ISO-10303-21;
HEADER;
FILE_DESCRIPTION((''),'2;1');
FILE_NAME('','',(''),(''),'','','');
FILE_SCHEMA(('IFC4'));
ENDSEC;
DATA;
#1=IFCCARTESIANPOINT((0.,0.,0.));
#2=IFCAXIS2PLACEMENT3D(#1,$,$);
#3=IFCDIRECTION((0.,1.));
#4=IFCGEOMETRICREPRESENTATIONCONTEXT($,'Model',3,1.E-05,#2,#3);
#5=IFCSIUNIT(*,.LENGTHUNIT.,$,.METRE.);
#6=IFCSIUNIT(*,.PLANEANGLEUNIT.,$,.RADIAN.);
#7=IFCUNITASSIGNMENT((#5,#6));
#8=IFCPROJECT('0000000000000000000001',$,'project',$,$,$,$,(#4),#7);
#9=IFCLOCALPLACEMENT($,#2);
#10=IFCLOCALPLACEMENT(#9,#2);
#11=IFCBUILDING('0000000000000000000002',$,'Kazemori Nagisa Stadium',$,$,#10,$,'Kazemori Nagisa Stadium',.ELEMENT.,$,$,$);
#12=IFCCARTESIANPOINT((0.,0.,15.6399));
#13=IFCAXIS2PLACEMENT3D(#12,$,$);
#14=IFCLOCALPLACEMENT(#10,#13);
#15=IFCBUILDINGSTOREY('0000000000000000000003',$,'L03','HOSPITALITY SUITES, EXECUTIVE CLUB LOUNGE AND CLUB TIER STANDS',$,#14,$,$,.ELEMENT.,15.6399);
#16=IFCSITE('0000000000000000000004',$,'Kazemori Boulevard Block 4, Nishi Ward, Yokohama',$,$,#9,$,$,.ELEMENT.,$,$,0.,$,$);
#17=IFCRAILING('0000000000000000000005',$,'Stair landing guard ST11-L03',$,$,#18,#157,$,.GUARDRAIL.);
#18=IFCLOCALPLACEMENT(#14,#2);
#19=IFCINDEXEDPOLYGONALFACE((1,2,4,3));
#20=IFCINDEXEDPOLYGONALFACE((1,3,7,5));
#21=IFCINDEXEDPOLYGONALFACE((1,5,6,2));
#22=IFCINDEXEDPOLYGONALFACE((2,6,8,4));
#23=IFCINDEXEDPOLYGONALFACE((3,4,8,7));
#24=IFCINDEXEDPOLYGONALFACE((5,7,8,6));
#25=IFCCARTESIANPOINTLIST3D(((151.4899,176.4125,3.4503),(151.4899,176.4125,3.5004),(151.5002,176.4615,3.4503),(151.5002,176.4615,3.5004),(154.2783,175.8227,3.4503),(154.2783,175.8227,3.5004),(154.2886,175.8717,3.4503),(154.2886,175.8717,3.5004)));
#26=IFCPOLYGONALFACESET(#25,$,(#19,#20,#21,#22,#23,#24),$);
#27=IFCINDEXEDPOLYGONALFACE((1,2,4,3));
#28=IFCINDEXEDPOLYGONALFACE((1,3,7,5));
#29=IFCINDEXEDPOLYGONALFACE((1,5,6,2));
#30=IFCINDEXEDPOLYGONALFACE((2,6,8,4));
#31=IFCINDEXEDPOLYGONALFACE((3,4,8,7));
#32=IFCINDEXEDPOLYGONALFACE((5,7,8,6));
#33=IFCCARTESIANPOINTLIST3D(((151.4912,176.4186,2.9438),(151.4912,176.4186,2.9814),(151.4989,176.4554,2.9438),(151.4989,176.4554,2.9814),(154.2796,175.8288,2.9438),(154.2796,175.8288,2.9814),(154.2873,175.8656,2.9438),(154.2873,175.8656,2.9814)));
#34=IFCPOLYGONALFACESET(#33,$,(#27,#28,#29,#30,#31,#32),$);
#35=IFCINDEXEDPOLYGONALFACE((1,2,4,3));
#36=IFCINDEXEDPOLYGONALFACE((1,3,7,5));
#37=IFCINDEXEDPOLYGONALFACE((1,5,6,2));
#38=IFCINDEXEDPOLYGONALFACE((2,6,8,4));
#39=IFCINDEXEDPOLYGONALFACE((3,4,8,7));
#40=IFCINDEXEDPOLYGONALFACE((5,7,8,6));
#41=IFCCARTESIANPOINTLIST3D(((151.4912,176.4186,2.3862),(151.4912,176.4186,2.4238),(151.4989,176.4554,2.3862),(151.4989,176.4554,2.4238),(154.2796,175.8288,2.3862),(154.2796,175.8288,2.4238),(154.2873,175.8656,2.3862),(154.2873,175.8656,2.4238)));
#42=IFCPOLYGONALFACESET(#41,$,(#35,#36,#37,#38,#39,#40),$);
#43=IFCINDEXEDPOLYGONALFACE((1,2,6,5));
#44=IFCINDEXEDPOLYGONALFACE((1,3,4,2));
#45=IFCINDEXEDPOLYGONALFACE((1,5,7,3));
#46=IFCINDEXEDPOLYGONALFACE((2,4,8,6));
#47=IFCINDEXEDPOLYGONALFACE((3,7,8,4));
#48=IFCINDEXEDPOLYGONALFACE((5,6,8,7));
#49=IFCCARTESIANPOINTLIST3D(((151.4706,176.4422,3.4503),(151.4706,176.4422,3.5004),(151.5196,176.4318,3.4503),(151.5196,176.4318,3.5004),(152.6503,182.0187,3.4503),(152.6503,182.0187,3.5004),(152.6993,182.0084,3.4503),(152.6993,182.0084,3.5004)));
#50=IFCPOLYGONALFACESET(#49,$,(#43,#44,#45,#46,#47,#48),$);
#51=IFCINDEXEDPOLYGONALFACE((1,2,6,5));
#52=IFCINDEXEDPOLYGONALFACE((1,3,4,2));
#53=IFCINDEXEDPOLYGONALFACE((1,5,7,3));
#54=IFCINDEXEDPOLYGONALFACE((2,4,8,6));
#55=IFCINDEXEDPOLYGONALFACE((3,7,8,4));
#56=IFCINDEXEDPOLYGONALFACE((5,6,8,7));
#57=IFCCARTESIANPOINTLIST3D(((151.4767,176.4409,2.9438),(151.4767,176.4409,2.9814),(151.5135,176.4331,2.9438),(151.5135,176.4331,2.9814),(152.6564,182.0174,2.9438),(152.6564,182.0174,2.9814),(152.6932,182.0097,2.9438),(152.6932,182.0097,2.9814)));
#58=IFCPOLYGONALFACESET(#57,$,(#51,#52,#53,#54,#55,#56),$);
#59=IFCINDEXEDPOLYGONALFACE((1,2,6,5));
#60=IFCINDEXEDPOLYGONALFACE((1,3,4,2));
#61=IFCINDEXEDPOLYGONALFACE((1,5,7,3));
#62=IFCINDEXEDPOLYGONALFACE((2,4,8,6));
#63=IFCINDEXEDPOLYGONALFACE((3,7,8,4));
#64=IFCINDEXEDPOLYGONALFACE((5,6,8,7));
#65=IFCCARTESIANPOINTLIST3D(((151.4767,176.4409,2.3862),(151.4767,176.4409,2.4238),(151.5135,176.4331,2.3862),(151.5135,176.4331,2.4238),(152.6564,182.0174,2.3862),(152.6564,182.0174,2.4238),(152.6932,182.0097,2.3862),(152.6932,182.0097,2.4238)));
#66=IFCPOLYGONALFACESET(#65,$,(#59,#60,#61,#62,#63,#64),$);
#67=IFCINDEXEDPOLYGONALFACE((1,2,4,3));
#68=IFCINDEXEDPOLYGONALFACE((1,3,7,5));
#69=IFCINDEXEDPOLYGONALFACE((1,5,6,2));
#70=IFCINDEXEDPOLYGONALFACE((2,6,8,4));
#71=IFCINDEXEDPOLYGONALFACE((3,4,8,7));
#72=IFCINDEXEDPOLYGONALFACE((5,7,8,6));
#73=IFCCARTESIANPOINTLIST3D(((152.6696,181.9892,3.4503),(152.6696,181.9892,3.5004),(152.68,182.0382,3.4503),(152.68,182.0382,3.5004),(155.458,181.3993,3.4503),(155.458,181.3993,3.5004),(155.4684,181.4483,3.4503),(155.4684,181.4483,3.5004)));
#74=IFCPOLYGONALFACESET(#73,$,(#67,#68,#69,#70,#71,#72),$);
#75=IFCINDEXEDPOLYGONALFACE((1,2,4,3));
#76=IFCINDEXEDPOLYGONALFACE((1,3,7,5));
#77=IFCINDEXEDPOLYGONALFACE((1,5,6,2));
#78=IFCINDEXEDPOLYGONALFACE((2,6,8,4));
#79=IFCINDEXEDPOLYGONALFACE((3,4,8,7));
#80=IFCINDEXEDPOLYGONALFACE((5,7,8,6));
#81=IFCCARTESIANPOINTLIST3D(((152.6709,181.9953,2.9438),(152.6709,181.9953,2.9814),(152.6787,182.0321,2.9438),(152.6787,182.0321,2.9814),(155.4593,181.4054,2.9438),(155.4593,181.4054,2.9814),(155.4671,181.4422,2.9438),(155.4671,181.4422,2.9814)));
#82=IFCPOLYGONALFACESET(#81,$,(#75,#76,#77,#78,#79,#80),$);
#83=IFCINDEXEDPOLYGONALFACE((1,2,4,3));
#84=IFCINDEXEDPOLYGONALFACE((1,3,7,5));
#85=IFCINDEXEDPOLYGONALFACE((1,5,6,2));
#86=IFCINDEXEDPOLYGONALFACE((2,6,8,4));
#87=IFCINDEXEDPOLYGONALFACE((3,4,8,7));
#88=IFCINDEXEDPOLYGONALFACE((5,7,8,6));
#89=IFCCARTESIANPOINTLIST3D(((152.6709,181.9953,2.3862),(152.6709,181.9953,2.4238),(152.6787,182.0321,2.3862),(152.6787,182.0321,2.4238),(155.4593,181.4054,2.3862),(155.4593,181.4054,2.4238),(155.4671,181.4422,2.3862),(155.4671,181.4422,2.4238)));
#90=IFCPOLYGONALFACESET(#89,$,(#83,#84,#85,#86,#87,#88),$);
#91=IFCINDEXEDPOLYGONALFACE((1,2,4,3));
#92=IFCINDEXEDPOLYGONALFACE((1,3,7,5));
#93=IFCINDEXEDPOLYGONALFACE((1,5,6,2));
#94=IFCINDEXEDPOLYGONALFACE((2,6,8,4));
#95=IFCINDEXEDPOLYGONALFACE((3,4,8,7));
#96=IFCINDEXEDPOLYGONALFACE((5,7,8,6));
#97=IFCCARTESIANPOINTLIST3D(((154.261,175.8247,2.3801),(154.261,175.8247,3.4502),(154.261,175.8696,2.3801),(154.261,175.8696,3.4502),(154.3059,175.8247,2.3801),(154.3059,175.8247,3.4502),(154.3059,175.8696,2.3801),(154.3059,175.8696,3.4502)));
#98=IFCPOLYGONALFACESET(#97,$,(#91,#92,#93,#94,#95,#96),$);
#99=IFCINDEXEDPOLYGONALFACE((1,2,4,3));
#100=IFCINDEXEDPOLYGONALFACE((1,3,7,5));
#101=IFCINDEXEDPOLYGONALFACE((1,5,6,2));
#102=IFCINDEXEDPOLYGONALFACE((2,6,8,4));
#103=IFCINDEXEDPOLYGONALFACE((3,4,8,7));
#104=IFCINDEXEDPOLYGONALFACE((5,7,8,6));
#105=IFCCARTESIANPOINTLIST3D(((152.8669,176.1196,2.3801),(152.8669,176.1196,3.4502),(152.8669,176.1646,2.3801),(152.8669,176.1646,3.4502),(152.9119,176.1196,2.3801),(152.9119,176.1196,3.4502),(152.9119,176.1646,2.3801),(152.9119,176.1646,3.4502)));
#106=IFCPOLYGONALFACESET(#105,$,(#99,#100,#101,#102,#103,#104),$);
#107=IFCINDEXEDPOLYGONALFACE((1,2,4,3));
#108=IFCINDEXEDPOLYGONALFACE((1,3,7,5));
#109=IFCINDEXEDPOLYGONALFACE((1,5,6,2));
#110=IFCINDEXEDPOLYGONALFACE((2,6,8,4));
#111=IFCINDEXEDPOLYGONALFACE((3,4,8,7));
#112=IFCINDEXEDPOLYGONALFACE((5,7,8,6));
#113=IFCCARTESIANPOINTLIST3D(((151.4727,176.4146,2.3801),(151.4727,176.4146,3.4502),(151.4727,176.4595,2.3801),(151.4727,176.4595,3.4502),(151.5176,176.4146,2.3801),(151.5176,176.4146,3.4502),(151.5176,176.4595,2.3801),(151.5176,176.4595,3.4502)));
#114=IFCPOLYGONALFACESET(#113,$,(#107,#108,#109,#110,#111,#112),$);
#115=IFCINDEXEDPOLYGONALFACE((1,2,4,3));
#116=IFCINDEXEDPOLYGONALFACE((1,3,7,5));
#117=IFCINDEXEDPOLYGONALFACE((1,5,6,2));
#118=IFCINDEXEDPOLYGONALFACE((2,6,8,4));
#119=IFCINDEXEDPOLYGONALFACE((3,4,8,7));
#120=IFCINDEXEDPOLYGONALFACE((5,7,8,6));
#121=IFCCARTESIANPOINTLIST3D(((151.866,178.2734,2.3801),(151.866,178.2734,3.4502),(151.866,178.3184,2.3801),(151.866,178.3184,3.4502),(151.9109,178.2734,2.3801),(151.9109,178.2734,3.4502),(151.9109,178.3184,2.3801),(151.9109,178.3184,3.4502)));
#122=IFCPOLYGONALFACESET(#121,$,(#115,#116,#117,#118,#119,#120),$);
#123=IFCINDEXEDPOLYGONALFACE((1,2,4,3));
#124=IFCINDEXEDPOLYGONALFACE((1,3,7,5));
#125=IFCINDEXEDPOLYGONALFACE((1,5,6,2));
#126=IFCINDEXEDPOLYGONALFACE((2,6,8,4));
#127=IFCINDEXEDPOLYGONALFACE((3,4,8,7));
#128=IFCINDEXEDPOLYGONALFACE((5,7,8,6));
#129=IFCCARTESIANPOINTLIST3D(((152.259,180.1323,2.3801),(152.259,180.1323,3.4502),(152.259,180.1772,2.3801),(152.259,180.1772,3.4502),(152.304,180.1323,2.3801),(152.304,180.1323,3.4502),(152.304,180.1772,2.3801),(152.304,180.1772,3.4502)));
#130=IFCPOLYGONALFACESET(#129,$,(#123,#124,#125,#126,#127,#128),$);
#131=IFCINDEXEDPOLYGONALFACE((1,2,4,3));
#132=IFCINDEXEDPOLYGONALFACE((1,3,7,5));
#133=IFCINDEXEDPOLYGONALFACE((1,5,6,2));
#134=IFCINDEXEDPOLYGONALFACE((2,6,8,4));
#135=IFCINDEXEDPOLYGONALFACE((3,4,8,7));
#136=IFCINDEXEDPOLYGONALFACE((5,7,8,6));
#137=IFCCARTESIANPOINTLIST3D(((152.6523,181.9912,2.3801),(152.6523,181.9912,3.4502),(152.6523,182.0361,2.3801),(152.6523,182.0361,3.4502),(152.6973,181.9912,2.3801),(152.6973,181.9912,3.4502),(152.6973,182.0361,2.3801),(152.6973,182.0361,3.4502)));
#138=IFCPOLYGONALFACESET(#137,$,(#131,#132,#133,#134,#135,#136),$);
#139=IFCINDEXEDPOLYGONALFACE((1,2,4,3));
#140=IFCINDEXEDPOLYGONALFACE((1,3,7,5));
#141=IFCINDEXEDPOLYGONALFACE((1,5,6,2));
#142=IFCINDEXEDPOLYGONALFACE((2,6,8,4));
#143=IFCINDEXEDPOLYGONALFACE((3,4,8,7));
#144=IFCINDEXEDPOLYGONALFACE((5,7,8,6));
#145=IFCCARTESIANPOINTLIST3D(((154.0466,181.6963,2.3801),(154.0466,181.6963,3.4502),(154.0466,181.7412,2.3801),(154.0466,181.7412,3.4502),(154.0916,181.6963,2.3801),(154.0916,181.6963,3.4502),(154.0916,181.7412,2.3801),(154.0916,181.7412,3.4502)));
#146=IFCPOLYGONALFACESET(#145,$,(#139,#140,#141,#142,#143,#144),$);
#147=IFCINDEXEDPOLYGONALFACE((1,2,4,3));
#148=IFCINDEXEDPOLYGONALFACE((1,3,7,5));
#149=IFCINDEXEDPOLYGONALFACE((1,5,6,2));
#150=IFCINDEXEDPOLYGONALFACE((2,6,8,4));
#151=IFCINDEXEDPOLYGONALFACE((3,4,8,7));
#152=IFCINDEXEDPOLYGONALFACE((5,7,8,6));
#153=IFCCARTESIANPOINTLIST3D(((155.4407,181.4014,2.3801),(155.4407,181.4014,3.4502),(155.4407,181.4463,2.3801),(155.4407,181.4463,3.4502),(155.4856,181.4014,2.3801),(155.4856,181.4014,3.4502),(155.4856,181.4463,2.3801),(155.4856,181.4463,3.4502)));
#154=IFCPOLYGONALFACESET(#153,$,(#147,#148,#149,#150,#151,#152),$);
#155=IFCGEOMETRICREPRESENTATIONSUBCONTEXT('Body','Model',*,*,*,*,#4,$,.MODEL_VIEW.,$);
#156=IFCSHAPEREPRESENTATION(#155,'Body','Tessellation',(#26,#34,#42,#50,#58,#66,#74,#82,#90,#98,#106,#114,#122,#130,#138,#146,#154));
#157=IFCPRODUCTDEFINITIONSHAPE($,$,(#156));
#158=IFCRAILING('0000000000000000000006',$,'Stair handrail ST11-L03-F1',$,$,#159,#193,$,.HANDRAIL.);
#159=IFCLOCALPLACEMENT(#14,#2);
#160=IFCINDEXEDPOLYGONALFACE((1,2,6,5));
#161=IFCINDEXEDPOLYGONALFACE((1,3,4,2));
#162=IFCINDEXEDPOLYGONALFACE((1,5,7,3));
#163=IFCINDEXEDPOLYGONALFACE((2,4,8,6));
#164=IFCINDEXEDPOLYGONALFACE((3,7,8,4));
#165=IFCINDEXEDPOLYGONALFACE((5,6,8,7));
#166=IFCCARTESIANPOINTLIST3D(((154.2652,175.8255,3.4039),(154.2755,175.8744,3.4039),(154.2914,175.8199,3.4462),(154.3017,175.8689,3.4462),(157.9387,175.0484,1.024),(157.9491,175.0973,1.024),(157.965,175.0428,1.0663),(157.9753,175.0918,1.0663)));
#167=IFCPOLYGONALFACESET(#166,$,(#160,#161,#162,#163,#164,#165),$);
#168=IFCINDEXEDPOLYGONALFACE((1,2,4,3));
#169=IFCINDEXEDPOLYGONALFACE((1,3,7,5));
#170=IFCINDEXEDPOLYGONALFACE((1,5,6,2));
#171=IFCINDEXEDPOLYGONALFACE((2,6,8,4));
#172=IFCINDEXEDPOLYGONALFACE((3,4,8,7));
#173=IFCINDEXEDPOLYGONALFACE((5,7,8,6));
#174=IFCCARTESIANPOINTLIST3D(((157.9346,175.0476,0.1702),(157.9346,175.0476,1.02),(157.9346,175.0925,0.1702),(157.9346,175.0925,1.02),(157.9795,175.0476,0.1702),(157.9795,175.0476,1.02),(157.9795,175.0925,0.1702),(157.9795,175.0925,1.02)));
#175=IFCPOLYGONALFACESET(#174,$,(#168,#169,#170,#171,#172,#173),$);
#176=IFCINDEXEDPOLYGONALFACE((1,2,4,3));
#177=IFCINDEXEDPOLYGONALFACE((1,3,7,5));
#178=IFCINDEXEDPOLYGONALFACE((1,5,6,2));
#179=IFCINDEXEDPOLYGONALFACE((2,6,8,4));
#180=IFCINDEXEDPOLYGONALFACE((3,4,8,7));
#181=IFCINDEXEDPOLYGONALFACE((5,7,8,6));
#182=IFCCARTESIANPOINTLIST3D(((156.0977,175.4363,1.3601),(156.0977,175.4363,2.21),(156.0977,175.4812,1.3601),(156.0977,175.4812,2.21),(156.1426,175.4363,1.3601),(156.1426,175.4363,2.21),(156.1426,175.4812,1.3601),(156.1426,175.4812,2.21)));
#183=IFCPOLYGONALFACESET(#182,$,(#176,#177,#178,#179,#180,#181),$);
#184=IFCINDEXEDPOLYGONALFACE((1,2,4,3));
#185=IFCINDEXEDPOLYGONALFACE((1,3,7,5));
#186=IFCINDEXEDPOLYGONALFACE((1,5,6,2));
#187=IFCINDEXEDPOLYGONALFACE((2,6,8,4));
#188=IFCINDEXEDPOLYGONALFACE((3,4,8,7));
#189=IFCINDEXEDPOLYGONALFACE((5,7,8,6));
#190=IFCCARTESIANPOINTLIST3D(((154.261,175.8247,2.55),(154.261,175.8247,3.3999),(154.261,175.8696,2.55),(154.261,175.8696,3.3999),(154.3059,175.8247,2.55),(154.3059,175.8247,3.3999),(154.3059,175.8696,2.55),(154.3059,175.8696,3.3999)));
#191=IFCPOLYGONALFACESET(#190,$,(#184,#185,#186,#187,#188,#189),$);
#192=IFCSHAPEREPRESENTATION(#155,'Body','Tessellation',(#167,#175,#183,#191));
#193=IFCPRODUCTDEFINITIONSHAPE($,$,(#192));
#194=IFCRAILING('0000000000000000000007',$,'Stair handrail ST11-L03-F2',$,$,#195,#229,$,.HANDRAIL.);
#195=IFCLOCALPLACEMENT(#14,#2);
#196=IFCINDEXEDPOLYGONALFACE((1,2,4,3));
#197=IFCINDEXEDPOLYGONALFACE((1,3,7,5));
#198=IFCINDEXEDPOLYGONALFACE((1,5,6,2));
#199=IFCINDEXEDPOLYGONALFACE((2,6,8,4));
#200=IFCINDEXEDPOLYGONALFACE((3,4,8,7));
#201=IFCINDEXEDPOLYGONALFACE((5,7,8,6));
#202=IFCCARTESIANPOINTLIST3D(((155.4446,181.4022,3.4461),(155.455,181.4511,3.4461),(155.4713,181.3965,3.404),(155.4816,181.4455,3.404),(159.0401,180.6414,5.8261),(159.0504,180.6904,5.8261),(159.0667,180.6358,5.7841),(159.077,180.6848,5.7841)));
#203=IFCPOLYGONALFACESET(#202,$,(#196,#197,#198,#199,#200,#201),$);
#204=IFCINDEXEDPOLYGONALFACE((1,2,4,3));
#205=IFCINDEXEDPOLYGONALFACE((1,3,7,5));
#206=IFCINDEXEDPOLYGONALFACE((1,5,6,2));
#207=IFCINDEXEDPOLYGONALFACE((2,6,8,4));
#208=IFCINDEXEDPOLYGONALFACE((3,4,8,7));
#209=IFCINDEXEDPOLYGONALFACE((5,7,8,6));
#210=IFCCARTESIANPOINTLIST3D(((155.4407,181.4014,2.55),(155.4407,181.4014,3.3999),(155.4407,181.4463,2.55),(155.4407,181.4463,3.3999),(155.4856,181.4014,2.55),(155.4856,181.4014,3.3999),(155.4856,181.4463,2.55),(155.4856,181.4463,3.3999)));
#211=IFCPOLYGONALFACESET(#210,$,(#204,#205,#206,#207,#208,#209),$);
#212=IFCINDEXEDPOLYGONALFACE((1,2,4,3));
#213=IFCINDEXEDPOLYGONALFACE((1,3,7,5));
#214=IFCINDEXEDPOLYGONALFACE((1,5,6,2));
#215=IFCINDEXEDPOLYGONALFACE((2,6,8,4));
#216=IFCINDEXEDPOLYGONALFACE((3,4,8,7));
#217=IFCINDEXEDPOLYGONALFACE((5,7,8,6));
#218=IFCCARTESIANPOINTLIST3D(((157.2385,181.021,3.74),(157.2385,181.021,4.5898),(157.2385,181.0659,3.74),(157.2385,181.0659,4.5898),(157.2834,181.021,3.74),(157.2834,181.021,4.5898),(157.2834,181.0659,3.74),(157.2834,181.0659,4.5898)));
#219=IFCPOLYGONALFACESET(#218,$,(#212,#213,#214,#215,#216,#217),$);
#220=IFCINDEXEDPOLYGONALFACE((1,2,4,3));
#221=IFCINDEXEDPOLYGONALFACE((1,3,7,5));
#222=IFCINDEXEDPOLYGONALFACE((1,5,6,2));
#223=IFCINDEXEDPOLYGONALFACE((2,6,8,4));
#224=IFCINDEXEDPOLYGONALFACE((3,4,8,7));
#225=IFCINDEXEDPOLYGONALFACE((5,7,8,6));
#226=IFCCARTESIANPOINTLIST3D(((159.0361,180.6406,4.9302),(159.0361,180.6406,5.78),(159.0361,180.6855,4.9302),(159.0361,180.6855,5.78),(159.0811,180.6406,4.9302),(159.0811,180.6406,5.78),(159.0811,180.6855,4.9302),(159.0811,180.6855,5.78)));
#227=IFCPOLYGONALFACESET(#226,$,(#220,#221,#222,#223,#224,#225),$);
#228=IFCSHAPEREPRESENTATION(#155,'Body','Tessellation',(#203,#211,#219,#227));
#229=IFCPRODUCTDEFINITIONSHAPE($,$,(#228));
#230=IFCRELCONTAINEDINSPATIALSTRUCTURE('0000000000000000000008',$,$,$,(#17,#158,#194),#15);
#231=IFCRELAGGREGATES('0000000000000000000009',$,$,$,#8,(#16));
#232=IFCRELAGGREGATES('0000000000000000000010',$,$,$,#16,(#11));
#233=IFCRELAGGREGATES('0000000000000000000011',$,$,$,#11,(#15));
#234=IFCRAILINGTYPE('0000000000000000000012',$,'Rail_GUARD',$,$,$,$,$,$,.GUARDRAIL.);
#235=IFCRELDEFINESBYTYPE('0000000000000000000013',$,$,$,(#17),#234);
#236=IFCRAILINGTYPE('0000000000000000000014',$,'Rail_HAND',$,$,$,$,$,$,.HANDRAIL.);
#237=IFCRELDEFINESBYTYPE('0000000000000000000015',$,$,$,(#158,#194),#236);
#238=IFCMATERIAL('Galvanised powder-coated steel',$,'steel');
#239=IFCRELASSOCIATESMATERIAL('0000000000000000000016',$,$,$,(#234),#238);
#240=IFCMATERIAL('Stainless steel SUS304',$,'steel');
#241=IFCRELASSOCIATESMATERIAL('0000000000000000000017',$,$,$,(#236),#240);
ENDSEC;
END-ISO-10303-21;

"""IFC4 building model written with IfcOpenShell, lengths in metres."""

from ifc_helpers import new_model, si_unit, direction, frame, origin, origin_2d, place, context, subcontext, project, spatial, rectangle, extrude, material, type_object, element, save


model = new_model("IFC4")

# Units and contexts
model_context = context("Model", 3, precision=1e-05, world=origin(), true_north=direction((0.0, 1.0)))
body_context = subcontext(model_context, "Body", "Model", "MODEL_VIEW")
ifc_project = project(units=[si_unit("LENGTHUNIT", "METRE"), si_unit("PLANEANGLEUNIT", "RADIAN")], contexts=[model_context])

# Site, building, storey
site_placement = place(None, origin())
site = spatial("IfcSite", under=ifc_project, at=site_placement, Name="Kazemori Boulevard Block 4, Nishi Ward, Yokohama", CompositionType="ELEMENT", RefElevation=0.0)
building_placement = place(site_placement, origin())
building = spatial("IfcBuilding", under=site, at=building_placement, Name="Kazemori Nagisa Stadium", LongName="Kazemori Nagisa Stadium", CompositionType="ELEMENT")
storey_placement = place(building_placement, frame((0.0, 0.0, 15.6399)))
storey = spatial("IfcBuildingStorey", under=building, at=storey_placement, Name="L03", Description="HOSPITALITY SUITES, EXECUTIVE CLUB LOUNGE AND CLUB TIER STANDS", CompositionType="ELEMENT", Elevation=15.6399)

# Shared definitions
ifc_material_1 = material(Name="Stainless steel SUS304", Category="steel")

# Railings
ifc_material_2 = material(Name="Galvanised powder-coated steel", Category="steel")
railing_type_1 = type_object("IfcRailingType", Name="Rail_GUARD", PredefinedType="GUARDRAIL", material=ifc_material_2)
railing_1_placement = place(storey_placement, frame((154.2834, 175.8472, 2.3801)))
element("IfcRailing", 1, at=railing_1_placement, inside=storey, type_object=railing_type_1, Name="Stair landing guard ST11-L03", PredefinedType="GUARDRAIL", context=body_context, shape_type="SweptSolid", body=[
    extrude(rectangle(XDim=0.05, YDim=0.05, at=origin_2d()), frame((0.0, 0.0, 1.0952), z_axis=(-0.978349, 0.20696, 0.0), x_axis=(-0.20696, -0.978349, 0.0)), (0.0, 0.0, 1.0), 2.8501),
    extrude(rectangle(XDim=0.0376, YDim=0.0376, at=origin_2d()), frame((0.0, 0.0, 0.5825), z_axis=(-0.978349, 0.20696, 0.0), x_axis=(-0.20696, -0.978349, 0.0)), (0.0, 0.0, 1.0), 2.8501),
    extrude(rectangle(XDim=0.0376, YDim=0.0376, at=origin_2d()), frame((0.0, 0.0, 0.0249), z_axis=(-0.978349, 0.20696, 0.0), x_axis=(-0.20696, -0.978349, 0.0)), (0.0, 0.0, 1.0), 2.8501),
    extrude(rectangle(XDim=0.05, YDim=0.05, at=origin_2d()), frame((-2.7883, 0.5898, 1.0952), z_axis=(0.20696, 0.978349, 0.0), x_axis=(-0.978349, 0.20696, 0.0)), (0.0, 0.0, 1.0), 5.7),
    extrude(rectangle(XDim=0.0376, YDim=0.0376, at=origin_2d()), frame((-2.7883, 0.5898, 0.5825), z_axis=(0.20696, 0.978349, 0.0), x_axis=(-0.978349, 0.20696, 0.0)), (0.0, 0.0, 1.0), 5.7),
    extrude(rectangle(XDim=0.0376, YDim=0.0376, at=origin_2d()), frame((-2.7883, 0.5898, 0.0249), z_axis=(0.20696, 0.978349, 0.0), x_axis=(-0.978349, 0.20696, 0.0)), (0.0, 0.0, 1.0), 5.7),
    extrude(rectangle(XDim=0.05, YDim=0.05, at=origin_2d()), frame((-1.6086, 6.1665, 1.0952), z_axis=(0.978349, -0.20696, 0.0), x_axis=(0.20696, 0.978349, 0.0)), (0.0, 0.0, 1.0), 2.8501),
    extrude(rectangle(XDim=0.0376, YDim=0.0376, at=origin_2d()), frame((-1.6086, 6.1665, 0.5825), z_axis=(0.978349, -0.20696, 0.0), x_axis=(0.20696, 0.978349, 0.0)), (0.0, 0.0, 1.0), 2.8501),
    extrude(rectangle(XDim=0.0376, YDim=0.0376, at=origin_2d()), frame((-1.6086, 6.1665, 0.0249), z_axis=(0.978349, -0.20696, 0.0), x_axis=(0.20696, 0.978349, 0.0)), (0.0, 0.0, 1.0), 2.8501),
    extrude(rectangle(XDim=0.0449, YDim=0.0449, at=origin_2d()), origin(), (0.0, 0.0, 1.0), 1.0701),
    extrude(rectangle(XDim=0.0449, YDim=0.0449, at=origin_2d()), frame((-1.394, 0.2949, 0.0)), (0.0, 0.0, 1.0), 1.0701),
    extrude(rectangle(XDim=0.0449, YDim=0.0449, at=origin_2d()), frame((-2.7883, 0.5898, 0.0)), (0.0, 0.0, 1.0), 1.0701),
    extrude(rectangle(XDim=0.0449, YDim=0.0449, at=origin_2d()), frame((-2.395, 2.4487, 0.0)), (0.0, 0.0, 1.0), 1.0701),
    extrude(rectangle(XDim=0.0449, YDim=0.0449, at=origin_2d()), frame((-2.002, 4.3076, 0.0)), (0.0, 0.0, 1.0), 1.0701),
    extrude(rectangle(XDim=0.0449, YDim=0.0449, at=origin_2d()), frame((-1.6086, 6.1665, 0.0)), (0.0, 0.0, 1.0), 1.0701),
    extrude(rectangle(XDim=0.0449, YDim=0.0449, at=origin_2d()), frame((-0.2144, 5.8716, 0.0)), (0.0, 0.0, 1.0), 1.0701),
    extrude(rectangle(XDim=0.0449, YDim=0.0449, at=origin_2d()), frame((1.1797, 5.5767, 0.0)), (0.0, 0.0, 1.0), 1.0701),
])
railing_type_2 = type_object("IfcRailingType", Name="Rail_HAND", PredefinedType="HANDRAIL", material=ifc_material_1)
railing_2_placement = place(storey_placement, frame((157.957, 175.0701, 0.1702)))
element("IfcRailing", 2, at=railing_2_placement, inside=storey, type_object=railing_type_2, Name="Stair handrail ST11-L03-F1", PredefinedType="HANDRAIL", context=body_context, shape_type="SweptSolid", body=[
    extrude(rectangle(XDim=0.05, YDim=0.05, at=origin_2d()), frame((0.0, 0.0, 0.875), z_axis=(-0.82635, 0.174804, 0.53534), x_axis=(-0.206957, -0.97835, 0.0)), (0.0, 0.0, 1.0), 4.4456),
    extrude(rectangle(XDim=0.0449, YDim=0.0449, at=origin_2d()), origin(), (0.0, 0.0, 1.0), 0.8499),
    extrude(rectangle(XDim=0.0449, YDim=0.0449, at=origin_2d()), frame((-1.8369, 0.3887, 1.1899)), (0.0, 0.0, 1.0), 0.8499),
    extrude(rectangle(XDim=0.0449, YDim=0.0449, at=origin_2d()), frame((-3.6736, 0.7771, 2.3799)), (0.0, 0.0, 1.0), 0.8499),
])
railing_3_placement = place(storey_placement, frame((155.4631, 181.4238, 2.55)))
element("IfcRailing", 3, at=railing_3_placement, inside=storey, type_object=railing_type_2, Name="Stair handrail ST11-L03-F2", PredefinedType="HANDRAIL", context=body_context, shape_type="SweptSolid", body=[
    extrude(rectangle(XDim=0.05, YDim=0.05, at=origin_2d()), frame((0.0, 0.0, 0.875), z_axis=(0.821167, -0.173746, 0.543597), x_axis=(0.207001, 0.978341, 0.0)), (0.0, 0.0, 1.0), 4.3784),
    extrude(rectangle(XDim=0.0449, YDim=0.0449, at=origin_2d()), origin(), (0.0, 0.0, 1.0), 0.8499),
    extrude(rectangle(XDim=0.0449, YDim=0.0449, at=origin_2d()), frame((1.7979, -0.3804, 1.1899)), (0.0, 0.0, 1.0), 0.8499),
    extrude(rectangle(XDim=0.0449, YDim=0.0449, at=origin_2d()), frame((3.5955, -0.7607, 2.3801)), (0.0, 0.0, 1.0), 0.8499),
])

save(model, "model.ifc")
